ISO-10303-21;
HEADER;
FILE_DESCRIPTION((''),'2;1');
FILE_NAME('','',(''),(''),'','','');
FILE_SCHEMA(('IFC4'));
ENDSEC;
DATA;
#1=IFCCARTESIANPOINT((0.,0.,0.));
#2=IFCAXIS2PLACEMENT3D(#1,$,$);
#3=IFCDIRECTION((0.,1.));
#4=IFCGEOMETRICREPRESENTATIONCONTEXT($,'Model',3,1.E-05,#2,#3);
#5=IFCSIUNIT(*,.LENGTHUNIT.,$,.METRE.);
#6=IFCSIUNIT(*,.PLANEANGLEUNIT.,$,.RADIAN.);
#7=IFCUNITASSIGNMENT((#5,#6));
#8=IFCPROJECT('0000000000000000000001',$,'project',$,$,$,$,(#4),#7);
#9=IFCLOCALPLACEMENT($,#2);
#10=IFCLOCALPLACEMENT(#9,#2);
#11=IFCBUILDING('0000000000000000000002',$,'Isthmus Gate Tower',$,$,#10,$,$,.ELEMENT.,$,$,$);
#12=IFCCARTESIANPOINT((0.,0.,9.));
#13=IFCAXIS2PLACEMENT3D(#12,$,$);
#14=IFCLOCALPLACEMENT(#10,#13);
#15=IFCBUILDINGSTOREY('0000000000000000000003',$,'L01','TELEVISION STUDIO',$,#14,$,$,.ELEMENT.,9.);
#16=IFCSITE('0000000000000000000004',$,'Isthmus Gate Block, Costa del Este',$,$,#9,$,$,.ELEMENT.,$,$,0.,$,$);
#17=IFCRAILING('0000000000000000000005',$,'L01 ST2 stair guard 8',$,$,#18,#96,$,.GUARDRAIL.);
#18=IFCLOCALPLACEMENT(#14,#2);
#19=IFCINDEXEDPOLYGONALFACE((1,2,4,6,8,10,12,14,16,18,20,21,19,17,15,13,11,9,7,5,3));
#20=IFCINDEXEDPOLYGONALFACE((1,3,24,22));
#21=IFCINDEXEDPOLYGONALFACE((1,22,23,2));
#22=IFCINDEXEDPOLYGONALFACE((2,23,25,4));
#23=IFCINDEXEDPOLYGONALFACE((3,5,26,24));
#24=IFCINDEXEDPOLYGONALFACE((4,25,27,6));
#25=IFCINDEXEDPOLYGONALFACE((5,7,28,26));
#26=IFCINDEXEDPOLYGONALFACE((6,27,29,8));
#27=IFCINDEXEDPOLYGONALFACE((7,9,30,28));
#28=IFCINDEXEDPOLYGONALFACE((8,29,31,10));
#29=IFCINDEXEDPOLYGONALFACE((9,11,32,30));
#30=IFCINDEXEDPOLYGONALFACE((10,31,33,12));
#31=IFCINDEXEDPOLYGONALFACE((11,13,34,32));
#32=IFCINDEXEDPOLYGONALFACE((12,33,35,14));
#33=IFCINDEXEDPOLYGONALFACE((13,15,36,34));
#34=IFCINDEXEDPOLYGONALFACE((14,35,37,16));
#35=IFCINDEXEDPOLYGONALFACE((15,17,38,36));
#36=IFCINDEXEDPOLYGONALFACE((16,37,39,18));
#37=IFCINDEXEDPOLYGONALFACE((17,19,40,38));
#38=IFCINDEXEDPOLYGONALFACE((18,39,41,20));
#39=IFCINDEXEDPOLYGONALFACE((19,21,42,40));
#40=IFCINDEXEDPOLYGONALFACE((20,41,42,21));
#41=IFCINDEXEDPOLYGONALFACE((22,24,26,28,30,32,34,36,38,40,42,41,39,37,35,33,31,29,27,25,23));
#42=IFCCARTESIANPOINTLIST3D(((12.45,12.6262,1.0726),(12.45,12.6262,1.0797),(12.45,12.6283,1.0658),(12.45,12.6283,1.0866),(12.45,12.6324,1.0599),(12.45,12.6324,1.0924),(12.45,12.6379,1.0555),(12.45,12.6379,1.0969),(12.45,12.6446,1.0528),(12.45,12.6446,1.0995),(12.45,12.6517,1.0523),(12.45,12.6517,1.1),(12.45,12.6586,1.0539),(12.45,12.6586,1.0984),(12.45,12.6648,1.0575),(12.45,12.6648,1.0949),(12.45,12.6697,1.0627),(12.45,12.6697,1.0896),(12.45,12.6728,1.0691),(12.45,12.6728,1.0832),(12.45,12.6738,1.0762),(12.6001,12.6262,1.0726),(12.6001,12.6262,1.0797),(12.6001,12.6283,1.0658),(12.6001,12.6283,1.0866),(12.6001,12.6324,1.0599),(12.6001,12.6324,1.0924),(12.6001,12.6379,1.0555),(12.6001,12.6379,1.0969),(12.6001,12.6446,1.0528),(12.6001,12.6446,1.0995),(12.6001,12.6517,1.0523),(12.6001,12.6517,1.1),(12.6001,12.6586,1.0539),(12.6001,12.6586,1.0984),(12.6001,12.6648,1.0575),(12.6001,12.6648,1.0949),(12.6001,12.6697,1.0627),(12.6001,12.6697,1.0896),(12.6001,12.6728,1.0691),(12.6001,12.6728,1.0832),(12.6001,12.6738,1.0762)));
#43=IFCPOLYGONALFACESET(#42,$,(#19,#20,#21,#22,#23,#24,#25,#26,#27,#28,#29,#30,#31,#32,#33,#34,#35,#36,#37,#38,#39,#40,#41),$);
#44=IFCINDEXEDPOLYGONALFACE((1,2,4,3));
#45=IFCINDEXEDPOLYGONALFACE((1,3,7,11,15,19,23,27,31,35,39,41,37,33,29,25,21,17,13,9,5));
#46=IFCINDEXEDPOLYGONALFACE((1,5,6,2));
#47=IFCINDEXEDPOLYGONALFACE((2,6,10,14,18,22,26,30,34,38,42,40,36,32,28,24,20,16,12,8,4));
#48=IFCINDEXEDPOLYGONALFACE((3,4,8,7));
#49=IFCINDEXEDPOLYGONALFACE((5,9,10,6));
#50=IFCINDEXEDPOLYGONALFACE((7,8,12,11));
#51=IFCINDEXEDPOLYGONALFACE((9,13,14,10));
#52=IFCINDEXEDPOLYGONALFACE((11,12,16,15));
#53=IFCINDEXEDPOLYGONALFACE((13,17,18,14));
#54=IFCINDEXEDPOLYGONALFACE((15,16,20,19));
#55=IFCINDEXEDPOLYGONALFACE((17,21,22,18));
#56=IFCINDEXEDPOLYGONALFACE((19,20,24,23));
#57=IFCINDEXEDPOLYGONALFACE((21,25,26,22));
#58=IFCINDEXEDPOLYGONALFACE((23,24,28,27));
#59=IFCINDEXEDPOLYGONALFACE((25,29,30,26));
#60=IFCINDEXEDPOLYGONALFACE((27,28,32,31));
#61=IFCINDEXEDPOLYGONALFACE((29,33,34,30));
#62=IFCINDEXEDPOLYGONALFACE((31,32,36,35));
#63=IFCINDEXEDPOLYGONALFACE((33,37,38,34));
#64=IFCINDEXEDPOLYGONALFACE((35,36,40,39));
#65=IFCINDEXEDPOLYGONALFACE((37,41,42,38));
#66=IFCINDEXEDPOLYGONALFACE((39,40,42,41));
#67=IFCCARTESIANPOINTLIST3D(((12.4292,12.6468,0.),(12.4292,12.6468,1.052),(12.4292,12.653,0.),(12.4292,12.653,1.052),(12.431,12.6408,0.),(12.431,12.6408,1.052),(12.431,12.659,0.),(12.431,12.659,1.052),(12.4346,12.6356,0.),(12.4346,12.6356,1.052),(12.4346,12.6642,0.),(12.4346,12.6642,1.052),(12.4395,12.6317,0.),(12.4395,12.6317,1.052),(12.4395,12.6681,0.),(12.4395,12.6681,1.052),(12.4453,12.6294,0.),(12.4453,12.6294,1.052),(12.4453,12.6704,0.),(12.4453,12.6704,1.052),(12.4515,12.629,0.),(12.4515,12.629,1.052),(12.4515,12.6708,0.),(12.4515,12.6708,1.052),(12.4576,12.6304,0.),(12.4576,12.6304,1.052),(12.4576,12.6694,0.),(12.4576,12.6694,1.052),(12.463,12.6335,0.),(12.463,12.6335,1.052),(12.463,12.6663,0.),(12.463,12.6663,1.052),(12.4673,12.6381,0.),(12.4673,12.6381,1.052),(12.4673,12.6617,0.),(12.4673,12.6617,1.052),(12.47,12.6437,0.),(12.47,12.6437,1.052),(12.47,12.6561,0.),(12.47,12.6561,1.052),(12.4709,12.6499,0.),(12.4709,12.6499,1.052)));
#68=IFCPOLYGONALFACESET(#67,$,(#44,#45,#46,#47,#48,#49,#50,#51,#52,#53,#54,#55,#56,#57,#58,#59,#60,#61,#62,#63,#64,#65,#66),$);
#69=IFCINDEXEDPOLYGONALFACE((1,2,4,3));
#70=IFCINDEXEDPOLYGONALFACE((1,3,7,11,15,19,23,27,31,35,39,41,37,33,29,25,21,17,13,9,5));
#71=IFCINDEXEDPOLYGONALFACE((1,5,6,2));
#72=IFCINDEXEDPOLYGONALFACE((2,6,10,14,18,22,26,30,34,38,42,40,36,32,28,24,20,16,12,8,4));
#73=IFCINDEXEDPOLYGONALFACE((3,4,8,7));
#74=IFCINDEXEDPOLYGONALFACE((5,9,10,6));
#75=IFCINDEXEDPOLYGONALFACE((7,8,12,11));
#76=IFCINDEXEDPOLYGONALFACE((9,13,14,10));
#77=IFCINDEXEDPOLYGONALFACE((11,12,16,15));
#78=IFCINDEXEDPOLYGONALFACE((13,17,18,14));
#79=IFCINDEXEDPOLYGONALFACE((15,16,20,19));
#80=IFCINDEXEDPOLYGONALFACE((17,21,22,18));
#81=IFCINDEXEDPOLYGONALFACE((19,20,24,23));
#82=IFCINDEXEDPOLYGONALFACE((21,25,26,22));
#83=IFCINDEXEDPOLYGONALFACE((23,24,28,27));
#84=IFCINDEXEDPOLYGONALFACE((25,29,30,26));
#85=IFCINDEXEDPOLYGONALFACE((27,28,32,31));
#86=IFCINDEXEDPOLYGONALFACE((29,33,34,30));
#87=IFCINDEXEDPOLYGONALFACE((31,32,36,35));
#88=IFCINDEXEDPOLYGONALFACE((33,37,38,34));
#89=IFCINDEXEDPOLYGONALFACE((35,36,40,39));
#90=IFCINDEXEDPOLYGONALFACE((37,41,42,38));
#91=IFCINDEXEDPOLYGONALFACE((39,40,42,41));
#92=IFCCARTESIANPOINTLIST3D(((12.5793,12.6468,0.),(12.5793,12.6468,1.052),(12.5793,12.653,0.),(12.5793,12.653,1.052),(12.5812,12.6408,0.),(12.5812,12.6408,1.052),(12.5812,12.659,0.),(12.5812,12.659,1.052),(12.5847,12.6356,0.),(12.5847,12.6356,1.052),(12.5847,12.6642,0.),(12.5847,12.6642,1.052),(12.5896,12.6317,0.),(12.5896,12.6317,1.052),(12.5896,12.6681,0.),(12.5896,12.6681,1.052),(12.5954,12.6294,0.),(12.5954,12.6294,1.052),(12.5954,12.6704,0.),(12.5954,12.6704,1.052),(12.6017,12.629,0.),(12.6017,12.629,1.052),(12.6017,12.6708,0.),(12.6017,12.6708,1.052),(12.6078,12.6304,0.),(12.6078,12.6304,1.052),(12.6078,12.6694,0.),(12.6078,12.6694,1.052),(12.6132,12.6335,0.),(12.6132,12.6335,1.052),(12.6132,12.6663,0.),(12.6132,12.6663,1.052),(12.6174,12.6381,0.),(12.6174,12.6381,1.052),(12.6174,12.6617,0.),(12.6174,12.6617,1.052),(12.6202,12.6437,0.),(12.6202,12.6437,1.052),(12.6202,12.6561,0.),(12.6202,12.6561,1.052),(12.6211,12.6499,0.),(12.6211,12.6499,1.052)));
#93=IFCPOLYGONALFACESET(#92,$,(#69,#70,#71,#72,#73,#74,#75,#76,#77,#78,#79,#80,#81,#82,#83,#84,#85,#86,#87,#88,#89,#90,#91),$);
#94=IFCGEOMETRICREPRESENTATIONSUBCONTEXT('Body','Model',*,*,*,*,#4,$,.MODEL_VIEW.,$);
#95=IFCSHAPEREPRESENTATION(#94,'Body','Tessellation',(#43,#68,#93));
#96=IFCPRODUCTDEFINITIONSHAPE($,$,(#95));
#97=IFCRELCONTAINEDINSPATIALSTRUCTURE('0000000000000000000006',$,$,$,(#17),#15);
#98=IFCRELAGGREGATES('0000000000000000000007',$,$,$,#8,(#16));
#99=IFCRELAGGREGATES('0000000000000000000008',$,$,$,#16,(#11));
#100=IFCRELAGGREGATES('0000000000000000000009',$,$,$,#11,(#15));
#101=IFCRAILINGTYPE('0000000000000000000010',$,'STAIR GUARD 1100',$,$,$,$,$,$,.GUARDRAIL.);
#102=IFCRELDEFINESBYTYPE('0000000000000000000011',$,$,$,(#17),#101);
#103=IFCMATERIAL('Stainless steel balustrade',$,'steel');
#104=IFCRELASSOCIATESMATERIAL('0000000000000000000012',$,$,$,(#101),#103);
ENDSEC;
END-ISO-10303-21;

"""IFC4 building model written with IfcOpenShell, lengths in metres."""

from ifc_helpers import new_model, si_unit, direction, frame, origin, origin_2d, place, context, subcontext, project, spatial, circle, extrude, material, type_object, element, save


model = new_model("IFC4")

# Units and contexts
model_context = context("Model", 3, precision=1e-05, world=origin(), true_north=direction((0.0, 1.0)))
body_context = subcontext(model_context, "Body", "Model", "MODEL_VIEW")
ifc_project = project(units=[si_unit("LENGTHUNIT", "METRE"), si_unit("PLANEANGLEUNIT", "RADIAN")], contexts=[model_context])

# Site, building, storey
site_placement = place(None, origin())
site = spatial("IfcSite", under=ifc_project, at=site_placement, Name="Isthmus Gate Block, Costa del Este", CompositionType="ELEMENT", RefElevation=0.0)
building_placement = place(site_placement, origin())
building = spatial("IfcBuilding", under=site, at=building_placement, Name="Isthmus Gate Tower", CompositionType="ELEMENT")
storey_placement = place(building_placement, frame((0.0, 0.0, 9.0)))
storey = spatial("IfcBuildingStorey", under=building, at=storey_placement, Name="L01", Description="TELEVISION STUDIO", CompositionType="ELEMENT", Elevation=9.0)

# Railing
ifc_material_1 = material(Name="Stainless steel balustrade", Category="steel")
railing_type_1 = type_object("IfcRailingType", Name="STAIR GUARD 1100", PredefinedType="GUARDRAIL", material=ifc_material_1)
railing_1_placement = place(storey_placement, frame((12.45, 12.6499, 0.0)))
element("IfcRailing", 1, at=railing_1_placement, inside=storey, type_object=railing_type_1, Name="L01 ST2 stair guard 8", PredefinedType="GUARDRAIL", context=body_context, shape_type="SweptSolid", body=[
    extrude(circle(Radius=0.0239, at=origin_2d()), frame((0.0, 0.0, 1.0762), z_axis=(1.0, 0.0, 0.0), x_axis=(0.0, 1.0, 0.0)), (0.0, 0.0, 1.0), 0.1501),
    extrude(circle(Radius=0.021, at=origin_2d()), origin(), (0.0, 0.0, 1.0), 1.052),
    extrude(circle(Radius=0.021, at=origin_2d()), frame((0.1501, 0.0, 0.0)), (0.0, 0.0, 1.0), 1.052),
])

save(model, "model.ifc")
